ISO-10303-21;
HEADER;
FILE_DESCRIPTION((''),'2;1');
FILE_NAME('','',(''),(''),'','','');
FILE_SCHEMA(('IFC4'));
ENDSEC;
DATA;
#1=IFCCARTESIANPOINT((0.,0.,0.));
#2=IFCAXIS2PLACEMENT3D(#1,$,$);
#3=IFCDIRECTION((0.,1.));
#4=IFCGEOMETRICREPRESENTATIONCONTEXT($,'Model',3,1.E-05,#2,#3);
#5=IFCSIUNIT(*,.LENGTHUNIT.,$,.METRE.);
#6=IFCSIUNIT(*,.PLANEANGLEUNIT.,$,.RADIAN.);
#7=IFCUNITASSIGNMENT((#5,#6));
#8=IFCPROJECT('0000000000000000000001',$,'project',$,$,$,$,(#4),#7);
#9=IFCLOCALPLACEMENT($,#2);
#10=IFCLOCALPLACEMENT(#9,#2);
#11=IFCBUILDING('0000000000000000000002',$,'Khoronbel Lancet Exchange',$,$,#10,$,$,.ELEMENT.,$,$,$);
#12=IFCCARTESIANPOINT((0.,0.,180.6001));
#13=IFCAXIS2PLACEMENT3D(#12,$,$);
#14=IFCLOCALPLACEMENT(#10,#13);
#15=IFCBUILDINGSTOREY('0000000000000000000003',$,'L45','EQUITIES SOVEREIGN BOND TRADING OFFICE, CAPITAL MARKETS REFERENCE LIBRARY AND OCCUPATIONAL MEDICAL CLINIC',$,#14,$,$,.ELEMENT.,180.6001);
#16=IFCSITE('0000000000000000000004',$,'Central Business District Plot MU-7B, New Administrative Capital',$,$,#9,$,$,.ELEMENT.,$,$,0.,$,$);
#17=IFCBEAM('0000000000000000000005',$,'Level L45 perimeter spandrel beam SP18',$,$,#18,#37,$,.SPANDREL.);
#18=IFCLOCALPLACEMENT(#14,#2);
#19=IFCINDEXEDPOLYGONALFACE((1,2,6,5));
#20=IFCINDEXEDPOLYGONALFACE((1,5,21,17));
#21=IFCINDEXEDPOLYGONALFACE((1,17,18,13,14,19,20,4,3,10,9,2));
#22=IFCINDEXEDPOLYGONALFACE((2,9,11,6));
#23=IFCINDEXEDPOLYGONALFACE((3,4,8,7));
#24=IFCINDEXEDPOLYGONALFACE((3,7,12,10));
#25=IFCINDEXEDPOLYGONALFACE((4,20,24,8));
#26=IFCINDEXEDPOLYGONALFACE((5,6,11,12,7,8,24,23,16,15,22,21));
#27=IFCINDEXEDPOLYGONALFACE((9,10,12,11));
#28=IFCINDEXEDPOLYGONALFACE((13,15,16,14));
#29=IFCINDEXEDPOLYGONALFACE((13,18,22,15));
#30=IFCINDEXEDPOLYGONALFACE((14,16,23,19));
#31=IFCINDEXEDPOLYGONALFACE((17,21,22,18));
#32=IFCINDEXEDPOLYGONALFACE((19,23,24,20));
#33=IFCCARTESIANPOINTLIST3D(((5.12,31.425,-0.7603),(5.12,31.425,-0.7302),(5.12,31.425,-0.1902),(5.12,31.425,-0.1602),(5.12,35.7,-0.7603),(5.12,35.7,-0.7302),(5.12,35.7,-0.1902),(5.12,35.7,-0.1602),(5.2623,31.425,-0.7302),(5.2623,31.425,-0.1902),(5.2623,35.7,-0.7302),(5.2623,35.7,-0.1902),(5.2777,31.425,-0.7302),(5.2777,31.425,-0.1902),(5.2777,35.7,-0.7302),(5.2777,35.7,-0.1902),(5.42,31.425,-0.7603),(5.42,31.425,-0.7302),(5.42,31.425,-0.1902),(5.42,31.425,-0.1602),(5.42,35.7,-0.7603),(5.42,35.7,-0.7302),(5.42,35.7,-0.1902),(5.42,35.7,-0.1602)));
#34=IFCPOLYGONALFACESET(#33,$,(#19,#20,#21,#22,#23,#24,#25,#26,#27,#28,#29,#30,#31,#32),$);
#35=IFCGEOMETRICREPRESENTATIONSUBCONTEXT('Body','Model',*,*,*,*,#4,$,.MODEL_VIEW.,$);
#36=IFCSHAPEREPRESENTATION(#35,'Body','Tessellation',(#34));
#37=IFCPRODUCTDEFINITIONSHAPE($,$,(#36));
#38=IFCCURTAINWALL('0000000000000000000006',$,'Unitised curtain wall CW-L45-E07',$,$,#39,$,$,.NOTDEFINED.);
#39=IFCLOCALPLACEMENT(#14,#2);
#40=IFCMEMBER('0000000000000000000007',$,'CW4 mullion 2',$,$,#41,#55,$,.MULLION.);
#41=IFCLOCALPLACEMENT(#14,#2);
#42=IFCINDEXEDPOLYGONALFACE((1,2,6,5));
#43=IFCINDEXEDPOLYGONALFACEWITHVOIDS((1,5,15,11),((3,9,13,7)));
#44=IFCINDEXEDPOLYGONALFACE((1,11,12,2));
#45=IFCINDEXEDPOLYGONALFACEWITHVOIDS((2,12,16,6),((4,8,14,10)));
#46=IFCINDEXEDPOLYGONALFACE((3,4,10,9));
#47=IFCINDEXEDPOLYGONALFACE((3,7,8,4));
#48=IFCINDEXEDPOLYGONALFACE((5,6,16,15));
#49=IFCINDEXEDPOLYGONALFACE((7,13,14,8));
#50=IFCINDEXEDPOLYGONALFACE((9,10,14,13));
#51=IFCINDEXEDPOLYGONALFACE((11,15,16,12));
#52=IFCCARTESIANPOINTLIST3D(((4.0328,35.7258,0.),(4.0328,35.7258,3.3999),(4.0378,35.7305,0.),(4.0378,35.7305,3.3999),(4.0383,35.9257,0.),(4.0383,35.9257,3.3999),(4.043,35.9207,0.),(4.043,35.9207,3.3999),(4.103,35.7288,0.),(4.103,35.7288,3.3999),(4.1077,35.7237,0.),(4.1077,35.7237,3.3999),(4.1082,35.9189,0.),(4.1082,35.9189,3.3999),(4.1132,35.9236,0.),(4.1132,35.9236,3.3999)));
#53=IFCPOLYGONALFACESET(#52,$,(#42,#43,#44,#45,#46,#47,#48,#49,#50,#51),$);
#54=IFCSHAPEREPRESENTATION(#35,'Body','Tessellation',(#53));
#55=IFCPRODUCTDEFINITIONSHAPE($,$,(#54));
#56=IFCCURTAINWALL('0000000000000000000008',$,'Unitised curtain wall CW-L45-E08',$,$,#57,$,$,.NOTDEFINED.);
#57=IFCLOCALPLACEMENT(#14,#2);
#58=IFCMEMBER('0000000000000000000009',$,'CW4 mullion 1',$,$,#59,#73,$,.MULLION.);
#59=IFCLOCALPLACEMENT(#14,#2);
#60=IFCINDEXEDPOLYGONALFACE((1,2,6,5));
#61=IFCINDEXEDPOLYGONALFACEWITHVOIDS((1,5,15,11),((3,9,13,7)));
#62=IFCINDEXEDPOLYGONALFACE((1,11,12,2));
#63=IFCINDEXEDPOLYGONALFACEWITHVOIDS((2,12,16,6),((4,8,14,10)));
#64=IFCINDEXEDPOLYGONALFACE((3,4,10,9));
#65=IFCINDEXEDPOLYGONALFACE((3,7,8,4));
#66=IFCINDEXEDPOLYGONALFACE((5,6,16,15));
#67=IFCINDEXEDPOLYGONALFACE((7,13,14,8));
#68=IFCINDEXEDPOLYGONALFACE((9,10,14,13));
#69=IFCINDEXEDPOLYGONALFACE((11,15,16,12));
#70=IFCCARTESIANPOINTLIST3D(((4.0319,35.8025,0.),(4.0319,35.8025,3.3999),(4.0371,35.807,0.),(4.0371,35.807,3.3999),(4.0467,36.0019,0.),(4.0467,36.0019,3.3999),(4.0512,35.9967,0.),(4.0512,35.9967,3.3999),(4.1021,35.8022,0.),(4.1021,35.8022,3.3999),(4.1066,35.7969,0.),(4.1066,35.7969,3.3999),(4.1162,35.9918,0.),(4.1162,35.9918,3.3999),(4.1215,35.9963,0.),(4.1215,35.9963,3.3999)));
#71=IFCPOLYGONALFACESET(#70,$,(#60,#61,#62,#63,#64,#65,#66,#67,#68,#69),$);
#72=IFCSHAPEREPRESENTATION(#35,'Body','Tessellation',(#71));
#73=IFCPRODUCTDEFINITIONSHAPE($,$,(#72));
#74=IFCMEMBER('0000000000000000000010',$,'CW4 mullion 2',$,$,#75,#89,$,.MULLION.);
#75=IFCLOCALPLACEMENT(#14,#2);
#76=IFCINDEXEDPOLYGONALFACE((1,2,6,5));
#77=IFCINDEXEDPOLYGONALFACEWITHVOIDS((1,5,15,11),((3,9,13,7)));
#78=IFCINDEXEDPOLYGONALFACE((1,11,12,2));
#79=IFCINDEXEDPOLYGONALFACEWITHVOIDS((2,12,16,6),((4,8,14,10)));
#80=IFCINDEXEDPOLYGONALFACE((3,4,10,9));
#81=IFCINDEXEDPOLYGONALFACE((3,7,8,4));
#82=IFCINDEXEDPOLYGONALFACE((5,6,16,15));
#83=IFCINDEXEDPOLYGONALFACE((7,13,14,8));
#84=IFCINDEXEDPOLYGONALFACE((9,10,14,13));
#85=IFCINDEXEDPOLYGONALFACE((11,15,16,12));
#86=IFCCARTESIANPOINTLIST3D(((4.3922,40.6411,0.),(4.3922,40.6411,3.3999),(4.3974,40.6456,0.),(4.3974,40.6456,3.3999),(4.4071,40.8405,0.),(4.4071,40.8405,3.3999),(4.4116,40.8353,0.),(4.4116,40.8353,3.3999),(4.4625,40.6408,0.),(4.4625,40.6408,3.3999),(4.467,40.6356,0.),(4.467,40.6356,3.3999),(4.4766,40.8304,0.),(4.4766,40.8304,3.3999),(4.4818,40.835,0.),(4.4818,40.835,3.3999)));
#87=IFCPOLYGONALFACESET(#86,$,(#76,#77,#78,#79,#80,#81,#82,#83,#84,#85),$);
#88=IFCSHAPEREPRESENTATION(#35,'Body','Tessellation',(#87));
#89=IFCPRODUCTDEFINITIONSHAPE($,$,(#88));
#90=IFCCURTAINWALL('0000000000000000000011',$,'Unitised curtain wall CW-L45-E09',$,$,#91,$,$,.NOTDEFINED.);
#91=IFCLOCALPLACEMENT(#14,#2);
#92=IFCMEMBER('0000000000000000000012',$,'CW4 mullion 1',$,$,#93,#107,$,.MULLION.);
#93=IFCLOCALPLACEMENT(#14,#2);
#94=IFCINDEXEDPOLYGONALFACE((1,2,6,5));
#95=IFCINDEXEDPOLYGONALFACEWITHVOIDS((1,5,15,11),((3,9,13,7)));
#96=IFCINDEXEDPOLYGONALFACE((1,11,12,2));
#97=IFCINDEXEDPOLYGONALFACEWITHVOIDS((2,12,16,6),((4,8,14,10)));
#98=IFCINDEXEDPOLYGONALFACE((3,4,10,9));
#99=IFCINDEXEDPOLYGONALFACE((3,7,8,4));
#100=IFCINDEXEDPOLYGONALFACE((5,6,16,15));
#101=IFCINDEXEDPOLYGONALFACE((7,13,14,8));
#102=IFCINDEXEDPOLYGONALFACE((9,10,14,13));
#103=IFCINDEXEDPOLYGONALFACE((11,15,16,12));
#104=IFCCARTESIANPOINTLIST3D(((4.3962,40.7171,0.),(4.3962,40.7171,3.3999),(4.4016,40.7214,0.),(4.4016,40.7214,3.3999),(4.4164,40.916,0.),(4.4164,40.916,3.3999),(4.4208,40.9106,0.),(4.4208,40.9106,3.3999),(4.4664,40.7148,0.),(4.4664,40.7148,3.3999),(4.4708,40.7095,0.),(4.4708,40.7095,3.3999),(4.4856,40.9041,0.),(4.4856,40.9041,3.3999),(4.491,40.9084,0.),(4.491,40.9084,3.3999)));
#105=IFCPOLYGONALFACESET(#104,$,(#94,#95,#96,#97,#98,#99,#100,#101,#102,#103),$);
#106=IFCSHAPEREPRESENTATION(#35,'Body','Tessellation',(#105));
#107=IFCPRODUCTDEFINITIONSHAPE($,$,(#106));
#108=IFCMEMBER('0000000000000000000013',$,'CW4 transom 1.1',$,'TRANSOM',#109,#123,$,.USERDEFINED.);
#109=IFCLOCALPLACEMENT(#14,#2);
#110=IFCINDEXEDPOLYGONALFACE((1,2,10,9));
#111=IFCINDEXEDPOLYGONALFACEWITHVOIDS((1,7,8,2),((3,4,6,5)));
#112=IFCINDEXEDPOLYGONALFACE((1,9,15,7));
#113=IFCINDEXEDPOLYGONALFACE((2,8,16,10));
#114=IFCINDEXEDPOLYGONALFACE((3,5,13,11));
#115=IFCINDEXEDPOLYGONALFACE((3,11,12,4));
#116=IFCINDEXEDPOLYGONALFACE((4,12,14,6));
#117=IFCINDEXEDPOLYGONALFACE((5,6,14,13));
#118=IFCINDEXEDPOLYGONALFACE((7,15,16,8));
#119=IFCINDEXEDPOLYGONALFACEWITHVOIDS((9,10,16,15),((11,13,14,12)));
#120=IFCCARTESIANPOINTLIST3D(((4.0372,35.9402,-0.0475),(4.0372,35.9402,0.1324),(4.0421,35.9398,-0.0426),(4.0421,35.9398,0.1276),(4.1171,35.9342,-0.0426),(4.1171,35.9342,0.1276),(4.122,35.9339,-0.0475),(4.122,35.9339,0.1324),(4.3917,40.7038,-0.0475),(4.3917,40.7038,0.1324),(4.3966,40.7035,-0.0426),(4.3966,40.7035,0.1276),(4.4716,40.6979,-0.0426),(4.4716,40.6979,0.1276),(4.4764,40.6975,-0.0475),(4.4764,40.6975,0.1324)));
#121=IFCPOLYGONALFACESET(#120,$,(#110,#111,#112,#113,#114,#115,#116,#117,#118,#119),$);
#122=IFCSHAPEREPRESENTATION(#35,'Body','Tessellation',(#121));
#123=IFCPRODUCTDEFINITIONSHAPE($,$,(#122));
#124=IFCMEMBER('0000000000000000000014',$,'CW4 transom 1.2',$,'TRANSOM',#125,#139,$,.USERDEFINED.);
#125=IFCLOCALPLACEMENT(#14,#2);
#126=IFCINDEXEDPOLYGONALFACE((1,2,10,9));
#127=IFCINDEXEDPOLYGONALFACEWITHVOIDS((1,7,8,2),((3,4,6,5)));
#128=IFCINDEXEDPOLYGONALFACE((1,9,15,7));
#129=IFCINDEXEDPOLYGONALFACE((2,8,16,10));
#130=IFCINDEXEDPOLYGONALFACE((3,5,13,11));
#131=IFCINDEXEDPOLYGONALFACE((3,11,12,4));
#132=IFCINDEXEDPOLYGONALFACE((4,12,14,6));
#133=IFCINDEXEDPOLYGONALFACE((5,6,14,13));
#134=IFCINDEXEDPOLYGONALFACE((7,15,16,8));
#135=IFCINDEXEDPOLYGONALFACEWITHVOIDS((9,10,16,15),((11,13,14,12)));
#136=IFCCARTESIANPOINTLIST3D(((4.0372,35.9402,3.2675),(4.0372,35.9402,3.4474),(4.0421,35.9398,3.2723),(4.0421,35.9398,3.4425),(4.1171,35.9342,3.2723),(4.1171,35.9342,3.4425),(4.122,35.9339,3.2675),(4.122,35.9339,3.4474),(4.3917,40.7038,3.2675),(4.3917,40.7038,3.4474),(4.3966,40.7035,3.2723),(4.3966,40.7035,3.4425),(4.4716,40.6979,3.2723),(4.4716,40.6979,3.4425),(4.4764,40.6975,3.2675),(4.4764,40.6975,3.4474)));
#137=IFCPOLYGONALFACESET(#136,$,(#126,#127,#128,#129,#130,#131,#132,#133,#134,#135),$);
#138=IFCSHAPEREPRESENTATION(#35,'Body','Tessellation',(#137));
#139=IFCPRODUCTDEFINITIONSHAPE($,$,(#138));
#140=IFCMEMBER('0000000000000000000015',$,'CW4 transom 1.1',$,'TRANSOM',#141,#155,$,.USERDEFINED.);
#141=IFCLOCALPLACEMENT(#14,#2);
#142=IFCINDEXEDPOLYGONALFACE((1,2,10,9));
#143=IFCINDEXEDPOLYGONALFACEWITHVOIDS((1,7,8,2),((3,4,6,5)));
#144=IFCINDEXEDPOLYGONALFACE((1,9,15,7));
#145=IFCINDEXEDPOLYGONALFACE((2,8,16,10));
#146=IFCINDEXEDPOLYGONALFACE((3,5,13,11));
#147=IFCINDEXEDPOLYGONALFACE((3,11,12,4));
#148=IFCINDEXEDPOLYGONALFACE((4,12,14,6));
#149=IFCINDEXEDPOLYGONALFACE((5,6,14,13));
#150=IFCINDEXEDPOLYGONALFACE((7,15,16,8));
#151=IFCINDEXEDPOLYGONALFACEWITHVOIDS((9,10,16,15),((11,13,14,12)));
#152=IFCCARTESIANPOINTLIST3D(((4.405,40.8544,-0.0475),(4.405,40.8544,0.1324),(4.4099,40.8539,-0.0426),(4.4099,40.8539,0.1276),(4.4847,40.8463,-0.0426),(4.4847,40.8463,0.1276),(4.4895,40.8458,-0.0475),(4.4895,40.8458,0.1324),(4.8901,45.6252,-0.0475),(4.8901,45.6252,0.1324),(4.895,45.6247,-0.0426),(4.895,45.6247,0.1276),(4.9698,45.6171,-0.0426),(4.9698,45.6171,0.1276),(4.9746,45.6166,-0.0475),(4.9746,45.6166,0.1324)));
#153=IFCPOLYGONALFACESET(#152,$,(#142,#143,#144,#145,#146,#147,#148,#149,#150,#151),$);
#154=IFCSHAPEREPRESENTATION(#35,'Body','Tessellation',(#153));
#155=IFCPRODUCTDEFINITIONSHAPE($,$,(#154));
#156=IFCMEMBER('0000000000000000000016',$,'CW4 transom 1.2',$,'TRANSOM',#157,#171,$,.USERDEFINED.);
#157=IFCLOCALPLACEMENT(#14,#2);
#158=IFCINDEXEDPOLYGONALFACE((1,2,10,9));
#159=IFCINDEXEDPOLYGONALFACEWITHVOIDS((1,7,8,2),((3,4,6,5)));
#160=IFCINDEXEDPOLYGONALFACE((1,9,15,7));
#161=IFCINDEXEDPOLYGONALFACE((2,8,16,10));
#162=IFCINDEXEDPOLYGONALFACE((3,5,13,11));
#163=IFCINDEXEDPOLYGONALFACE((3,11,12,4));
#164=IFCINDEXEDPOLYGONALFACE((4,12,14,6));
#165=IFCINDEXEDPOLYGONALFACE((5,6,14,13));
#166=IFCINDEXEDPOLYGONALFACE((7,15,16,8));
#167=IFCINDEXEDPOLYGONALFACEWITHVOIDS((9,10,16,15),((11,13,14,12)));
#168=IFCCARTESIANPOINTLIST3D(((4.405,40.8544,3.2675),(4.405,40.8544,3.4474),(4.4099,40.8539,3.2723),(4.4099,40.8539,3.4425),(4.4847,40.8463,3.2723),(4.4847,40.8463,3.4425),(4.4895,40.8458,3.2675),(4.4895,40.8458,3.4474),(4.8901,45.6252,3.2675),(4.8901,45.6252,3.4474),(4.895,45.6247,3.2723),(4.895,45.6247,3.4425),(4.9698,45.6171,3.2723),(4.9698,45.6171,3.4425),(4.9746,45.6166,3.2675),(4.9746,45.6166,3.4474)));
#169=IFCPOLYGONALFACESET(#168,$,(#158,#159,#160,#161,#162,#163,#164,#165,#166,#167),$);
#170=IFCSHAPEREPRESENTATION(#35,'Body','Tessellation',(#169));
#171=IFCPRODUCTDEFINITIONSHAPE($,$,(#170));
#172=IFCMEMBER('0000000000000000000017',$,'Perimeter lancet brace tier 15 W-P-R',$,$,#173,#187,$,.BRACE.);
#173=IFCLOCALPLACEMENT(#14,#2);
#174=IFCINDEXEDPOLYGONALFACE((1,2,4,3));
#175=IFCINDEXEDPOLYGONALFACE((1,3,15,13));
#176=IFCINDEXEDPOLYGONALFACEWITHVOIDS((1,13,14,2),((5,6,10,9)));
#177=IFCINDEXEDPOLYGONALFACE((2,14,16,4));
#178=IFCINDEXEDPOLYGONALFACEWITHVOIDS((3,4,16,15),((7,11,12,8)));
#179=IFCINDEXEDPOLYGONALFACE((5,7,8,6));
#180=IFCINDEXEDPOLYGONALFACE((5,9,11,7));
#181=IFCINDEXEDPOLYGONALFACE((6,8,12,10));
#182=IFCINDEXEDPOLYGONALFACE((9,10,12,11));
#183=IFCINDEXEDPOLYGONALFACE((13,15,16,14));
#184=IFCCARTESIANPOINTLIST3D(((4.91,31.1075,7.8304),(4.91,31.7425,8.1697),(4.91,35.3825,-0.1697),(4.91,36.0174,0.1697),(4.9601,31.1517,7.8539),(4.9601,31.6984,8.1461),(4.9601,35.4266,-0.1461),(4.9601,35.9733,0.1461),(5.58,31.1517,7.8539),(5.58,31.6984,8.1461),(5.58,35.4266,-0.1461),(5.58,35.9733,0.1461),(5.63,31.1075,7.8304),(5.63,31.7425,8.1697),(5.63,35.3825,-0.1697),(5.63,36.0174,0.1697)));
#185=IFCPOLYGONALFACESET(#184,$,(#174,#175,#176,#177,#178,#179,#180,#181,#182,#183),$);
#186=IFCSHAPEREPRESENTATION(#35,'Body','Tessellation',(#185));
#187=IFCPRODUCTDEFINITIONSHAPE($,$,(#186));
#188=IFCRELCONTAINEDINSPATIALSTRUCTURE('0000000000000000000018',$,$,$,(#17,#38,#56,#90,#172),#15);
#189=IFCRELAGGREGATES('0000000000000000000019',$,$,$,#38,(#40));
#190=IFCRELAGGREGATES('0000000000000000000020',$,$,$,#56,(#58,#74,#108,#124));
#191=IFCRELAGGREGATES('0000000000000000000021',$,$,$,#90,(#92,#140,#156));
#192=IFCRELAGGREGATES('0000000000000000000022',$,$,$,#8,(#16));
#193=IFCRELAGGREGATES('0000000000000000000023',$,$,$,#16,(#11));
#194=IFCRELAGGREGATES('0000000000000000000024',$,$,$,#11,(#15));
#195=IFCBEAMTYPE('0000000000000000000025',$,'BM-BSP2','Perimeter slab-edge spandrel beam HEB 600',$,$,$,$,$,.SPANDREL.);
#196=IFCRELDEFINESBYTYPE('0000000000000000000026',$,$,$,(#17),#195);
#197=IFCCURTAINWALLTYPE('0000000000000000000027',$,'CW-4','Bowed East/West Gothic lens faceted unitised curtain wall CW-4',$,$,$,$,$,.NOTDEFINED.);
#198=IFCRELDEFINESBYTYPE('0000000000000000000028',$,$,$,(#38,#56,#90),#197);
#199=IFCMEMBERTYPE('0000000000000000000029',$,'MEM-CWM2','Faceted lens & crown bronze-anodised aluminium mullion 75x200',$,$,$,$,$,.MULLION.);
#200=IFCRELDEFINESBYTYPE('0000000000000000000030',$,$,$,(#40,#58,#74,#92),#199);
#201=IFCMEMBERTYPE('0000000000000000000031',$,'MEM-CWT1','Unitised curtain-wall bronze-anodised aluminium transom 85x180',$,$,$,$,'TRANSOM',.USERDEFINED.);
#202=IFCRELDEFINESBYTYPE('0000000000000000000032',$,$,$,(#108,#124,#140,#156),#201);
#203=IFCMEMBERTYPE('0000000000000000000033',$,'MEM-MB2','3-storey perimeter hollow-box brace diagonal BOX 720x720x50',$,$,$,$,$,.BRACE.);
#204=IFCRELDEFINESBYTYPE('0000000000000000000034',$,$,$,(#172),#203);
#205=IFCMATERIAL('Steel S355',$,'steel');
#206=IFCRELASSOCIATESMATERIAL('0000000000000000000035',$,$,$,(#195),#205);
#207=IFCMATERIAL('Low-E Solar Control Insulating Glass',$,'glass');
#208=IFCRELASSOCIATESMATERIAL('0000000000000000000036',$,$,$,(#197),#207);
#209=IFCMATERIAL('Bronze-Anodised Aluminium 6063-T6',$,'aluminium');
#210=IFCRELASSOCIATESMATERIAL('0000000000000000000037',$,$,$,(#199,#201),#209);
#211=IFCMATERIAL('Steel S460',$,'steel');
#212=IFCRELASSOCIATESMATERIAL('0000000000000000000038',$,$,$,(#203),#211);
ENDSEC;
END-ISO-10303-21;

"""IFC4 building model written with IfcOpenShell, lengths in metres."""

from ifc_helpers import new_model, si_unit, direction, frame, origin, origin_2d, place, context, subcontext, project, spatial, hollow_rectangle, i_section, extrude, material, material_profile, profile_set, type_object, element, aggregate, save


model = new_model("IFC4")

# Units and contexts
model_context = context("Model", 3, precision=1e-05, world=origin(), true_north=direction((0.0, 1.0)))
body_context = subcontext(model_context, "Body", "Model", "MODEL_VIEW")
ifc_project = project(units=[si_unit("LENGTHUNIT", "METRE"), si_unit("PLANEANGLEUNIT", "RADIAN")], contexts=[model_context])

# Site, building, storey
site_placement = place(None, origin())
site = spatial("IfcSite", under=ifc_project, at=site_placement, Name="Central Business District Plot MU-7B, New Administrative Capital", CompositionType="ELEMENT", RefElevation=0.0)
building_placement = place(site_placement, origin())
building = spatial("IfcBuilding", under=site, at=building_placement, Name="Khoronbel Lancet Exchange", CompositionType="ELEMENT")
storey_placement = place(building_placement, frame((0.0, 0.0, 180.6001)))
storey = spatial("IfcBuildingStorey", under=building, at=storey_placement, Name="L45", Description="EQUITIES SOVEREIGN BOND TRADING OFFICE, CAPITAL MARKETS REFERENCE LIBRARY AND OCCUPATIONAL MEDICAL CLINIC", CompositionType="ELEMENT", Elevation=180.6001)

# Shared definitions
ifc_material_1 = material(Name="Steel S460", Category="steel")
ifc_material_2 = material(Name="Steel S355", Category="steel")

# Beam
ifc_material_profile_1 = material_profile(ifc_material_2, i_section(OverallWidth=0.3, OverallDepth=0.6001, WebThickness=0.0154, FlangeThickness=0.03, at=origin_2d()), Name="HEB 600")
ifc_profile_set_1 = profile_set([ifc_material_profile_1], Name="Steel S355")
beam_type_1 = type_object("IfcBeamType", Name="BM-BSP2", Description="Perimeter slab-edge spandrel beam HEB 600", PredefinedType="SPANDREL", material=ifc_profile_set_1)
beam_1_placement = place(storey_placement, frame((5.27, 35.7, -0.4602), z_axis=(0.0, -1.0, 0.0), x_axis=(1.0, 0.0, 0.0)))
element("IfcBeam", 1, at=beam_1_placement, inside=storey, type_object=beam_type_1, Name="Level L45 perimeter spandrel beam SP18", PredefinedType="SPANDREL", context=body_context, shape_type="SweptSolid", body=[
    extrude(i_section(OverallWidth=0.3, OverallDepth=0.6001, WebThickness=0.0154, FlangeThickness=0.03, at=origin_2d()), origin(), (0.0, 0.0, 1.0), 4.2749),
])

# Curtain wall, member
ifc_material_3 = material(Name="Low-E Solar Control Insulating Glass", Category="glass")
curtain_wall_type = type_object("IfcCurtainWallType", Name="CW-4", Description="Bowed East/West Gothic lens faceted unitised curtain wall CW-4", PredefinedType="NOTDEFINED", material=ifc_material_3)
curtain_wall_1_placement = place(storey_placement, origin())
curtain_wall_1 = element("IfcCurtainWall", 2, at=curtain_wall_1_placement, inside=storey, type_object=curtain_wall_type, Name="Unitised curtain wall CW-L45-E07", PredefinedType="NOTDEFINED")
ifc_material_4 = material(Name="Bronze-Anodised Aluminium 6063-T6", Category="aluminium")
ifc_material_profile_2 = material_profile(ifc_material_4, hollow_rectangle(XDim=0.075, YDim=0.2, WallThickness=0.0049, at=origin_2d()), Name="ALU MULLION 75x200")
ifc_profile_set_2 = profile_set([ifc_material_profile_2], Name="Bronze-Anodised Aluminium 6063-T6")
member_type_1 = type_object("IfcMemberType", Name="MEM-CWM2", Description="Faceted lens & crown bronze-anodised aluminium mullion 75x200", PredefinedType="MULLION", material=ifc_profile_set_2)
member_1_placement = place(storey_placement, frame((4.073, 35.8247, 0.0), z_axis=(0.0, 0.0, 1.0), x_axis=(-0.999629, 0.027249, 0.0)))
member_1 = element("IfcMember", 3, at=member_1_placement, type_object=member_type_1, Name="CW4 mullion 2", PredefinedType="MULLION", context=body_context, shape_type="SweptSolid", body=[
    extrude(hollow_rectangle(XDim=0.075, YDim=0.2, WallThickness=0.0049, at=origin_2d()), origin(), (0.0, 0.0, 1.0), 3.3999),
])

# Curtain wall, members
curtain_wall_2_placement = place(storey_placement, origin())
curtain_wall_2 = element("IfcCurtainWall", 4, at=curtain_wall_2_placement, inside=storey, type_object=curtain_wall_type, Name="Unitised curtain wall CW-L45-E08", PredefinedType="NOTDEFINED")
member_2_placement = place(storey_placement, frame((4.0767, 35.8994, 0.0), z_axis=(0.0, 0.0, 1.0), x_axis=(-0.99724, 0.074245, 0.0)))
member_2 = element("IfcMember", 5, at=member_2_placement, type_object=member_type_1, Name="CW4 mullion 1", PredefinedType="MULLION", context=body_context, shape_type="SweptSolid", body=[
    extrude(hollow_rectangle(XDim=0.075, YDim=0.2, WallThickness=0.0049, at=origin_2d()), origin(), (0.0, 0.0, 1.0), 3.3999),
])
member_3_placement = place(storey_placement, frame((4.437, 40.738, 0.0), z_axis=(0.0, 0.0, 1.0), x_axis=(-0.99724, 0.074245, 0.0)))
member_3 = element("IfcMember", 6, at=member_3_placement, type_object=member_type_1, Name="CW4 mullion 2", PredefinedType="MULLION", context=body_context, shape_type="SweptSolid", body=[
    extrude(hollow_rectangle(XDim=0.075, YDim=0.2, WallThickness=0.0049, at=origin_2d()), origin(), (0.0, 0.0, 1.0), 3.3999),
])

# Curtain wall, member
curtain_wall_3_placement = place(storey_placement, origin())
curtain_wall_3 = element("IfcCurtainWall", 7, at=curtain_wall_3_placement, inside=storey, type_object=curtain_wall_type, Name="Unitised curtain wall CW-L45-E09", PredefinedType="NOTDEFINED")
member_4_placement = place(storey_placement, frame((4.4436, 40.8127, 0.0), z_axis=(0.0, 0.0, 1.0), x_axis=(-0.99487, 0.101165, 0.0)))
member_4 = element("IfcMember", 8, at=member_4_placement, type_object=member_type_1, Name="CW4 mullion 1", PredefinedType="MULLION", context=body_context, shape_type="SweptSolid", body=[
    extrude(hollow_rectangle(XDim=0.075, YDim=0.2, WallThickness=0.0049, at=origin_2d()), origin(), (0.0, 0.0, 1.0), 3.3999),
])

# Members
ifc_material_profile_3 = material_profile(ifc_material_4, hollow_rectangle(XDim=0.085, YDim=0.1799, WallThickness=0.0049, at=origin_2d()), Name="ALU TRANSOM 85x180")
ifc_profile_set_3 = profile_set([ifc_material_profile_3], Name="Bronze-Anodised Aluminium 6063-T6")
member_type_2 = type_object("IfcMemberType", Name="MEM-CWT1", Description="Unitised curtain-wall bronze-anodised aluminium transom 85x180", ElementType="TRANSOM", PredefinedType="USERDEFINED", material=ifc_profile_set_3)
member_5_placement = place(storey_placement, frame((4.0796, 35.937, 0.0425), z_axis=(0.074211, 0.997243, 0.0), x_axis=(-0.997243, 0.074211, 0.0)))
member_5 = element("IfcMember", 9, at=member_5_placement, type_object=member_type_2, Name="CW4 transom 1.1", ObjectType="TRANSOM", PredefinedType="USERDEFINED", context=body_context, shape_type="SweptSolid", body=[
    extrude(hollow_rectangle(XDim=0.085, YDim=0.1799, WallThickness=0.0049, at=origin_2d()), origin(), (0.0, 0.0, 1.0), 4.7769),
])
member_6_placement = place(storey_placement, frame((4.0796, 35.937, 3.3574), z_axis=(0.074211, 0.997243, 0.0), x_axis=(-0.997243, 0.074211, 0.0)))
member_6 = element("IfcMember", 10, at=member_6_placement, type_object=member_type_2, Name="CW4 transom 1.2", ObjectType="TRANSOM", PredefinedType="USERDEFINED", context=body_context, shape_type="SweptSolid", body=[
    extrude(hollow_rectangle(XDim=0.085, YDim=0.1799, WallThickness=0.0049, at=origin_2d()), origin(), (0.0, 0.0, 1.0), 4.7769),
])
member_7_placement = place(storey_placement, frame((4.4473, 40.8501, 0.0425), z_axis=(0.101162, 0.99487, 0.0), x_axis=(-0.99487, 0.101162, 0.0)))
member_7 = element("IfcMember", 11, at=member_7_placement, type_object=member_type_2, Name="CW4 transom 1.1", ObjectType="TRANSOM", PredefinedType="USERDEFINED", context=body_context, shape_type="SweptSolid", body=[
    extrude(hollow_rectangle(XDim=0.085, YDim=0.1799, WallThickness=0.0049, at=origin_2d()), origin(), (0.0, 0.0, 1.0), 4.7954),
])
member_8_placement = place(storey_placement, frame((4.4473, 40.8501, 3.3574), z_axis=(0.101162, 0.99487, 0.0), x_axis=(-0.99487, 0.101162, 0.0)))
member_8 = element("IfcMember", 12, at=member_8_placement, type_object=member_type_2, Name="CW4 transom 1.2", ObjectType="TRANSOM", PredefinedType="USERDEFINED", context=body_context, shape_type="SweptSolid", body=[
    extrude(hollow_rectangle(XDim=0.085, YDim=0.1799, WallThickness=0.0049, at=origin_2d()), origin(), (0.0, 0.0, 1.0), 4.7954),
])
ifc_material_profile_4 = material_profile(ifc_material_1, hollow_rectangle(XDim=0.72, YDim=0.72, WallThickness=0.05, at=origin_2d()), Name="BOX 720x720x50")
ifc_profile_set_4 = profile_set([ifc_material_profile_4], Name="Steel S460")
member_type_3 = type_object("IfcMemberType", Name="MEM-MB2", Description="3-storey perimeter hollow-box brace diagonal BOX 720x720x50", PredefinedType="BRACE", material=ifc_profile_set_4)
member_9_placement = place(storey_placement, frame((5.27, 35.7, 0.0), z_axis=(0.0, -0.471295, 0.881976), x_axis=(1.0, 0.0, 0.0)))
element("IfcMember", 13, at=member_9_placement, inside=storey, type_object=member_type_3, Name="Perimeter lancet brace tier 15 W-P-R", PredefinedType="BRACE", context=body_context, shape_type="SweptSolid", body=[
    extrude(hollow_rectangle(XDim=0.72, YDim=0.72, WallThickness=0.05, at=origin_2d()), origin(), (0.0, 0.0, 1.0), 9.0706),
])

aggregate(curtain_wall_1, [member_1])
aggregate(curtain_wall_2, [member_2, member_3, member_5, member_6])
aggregate(curtain_wall_3, [member_4, member_7, member_8])

save(model, "model.ifc")
